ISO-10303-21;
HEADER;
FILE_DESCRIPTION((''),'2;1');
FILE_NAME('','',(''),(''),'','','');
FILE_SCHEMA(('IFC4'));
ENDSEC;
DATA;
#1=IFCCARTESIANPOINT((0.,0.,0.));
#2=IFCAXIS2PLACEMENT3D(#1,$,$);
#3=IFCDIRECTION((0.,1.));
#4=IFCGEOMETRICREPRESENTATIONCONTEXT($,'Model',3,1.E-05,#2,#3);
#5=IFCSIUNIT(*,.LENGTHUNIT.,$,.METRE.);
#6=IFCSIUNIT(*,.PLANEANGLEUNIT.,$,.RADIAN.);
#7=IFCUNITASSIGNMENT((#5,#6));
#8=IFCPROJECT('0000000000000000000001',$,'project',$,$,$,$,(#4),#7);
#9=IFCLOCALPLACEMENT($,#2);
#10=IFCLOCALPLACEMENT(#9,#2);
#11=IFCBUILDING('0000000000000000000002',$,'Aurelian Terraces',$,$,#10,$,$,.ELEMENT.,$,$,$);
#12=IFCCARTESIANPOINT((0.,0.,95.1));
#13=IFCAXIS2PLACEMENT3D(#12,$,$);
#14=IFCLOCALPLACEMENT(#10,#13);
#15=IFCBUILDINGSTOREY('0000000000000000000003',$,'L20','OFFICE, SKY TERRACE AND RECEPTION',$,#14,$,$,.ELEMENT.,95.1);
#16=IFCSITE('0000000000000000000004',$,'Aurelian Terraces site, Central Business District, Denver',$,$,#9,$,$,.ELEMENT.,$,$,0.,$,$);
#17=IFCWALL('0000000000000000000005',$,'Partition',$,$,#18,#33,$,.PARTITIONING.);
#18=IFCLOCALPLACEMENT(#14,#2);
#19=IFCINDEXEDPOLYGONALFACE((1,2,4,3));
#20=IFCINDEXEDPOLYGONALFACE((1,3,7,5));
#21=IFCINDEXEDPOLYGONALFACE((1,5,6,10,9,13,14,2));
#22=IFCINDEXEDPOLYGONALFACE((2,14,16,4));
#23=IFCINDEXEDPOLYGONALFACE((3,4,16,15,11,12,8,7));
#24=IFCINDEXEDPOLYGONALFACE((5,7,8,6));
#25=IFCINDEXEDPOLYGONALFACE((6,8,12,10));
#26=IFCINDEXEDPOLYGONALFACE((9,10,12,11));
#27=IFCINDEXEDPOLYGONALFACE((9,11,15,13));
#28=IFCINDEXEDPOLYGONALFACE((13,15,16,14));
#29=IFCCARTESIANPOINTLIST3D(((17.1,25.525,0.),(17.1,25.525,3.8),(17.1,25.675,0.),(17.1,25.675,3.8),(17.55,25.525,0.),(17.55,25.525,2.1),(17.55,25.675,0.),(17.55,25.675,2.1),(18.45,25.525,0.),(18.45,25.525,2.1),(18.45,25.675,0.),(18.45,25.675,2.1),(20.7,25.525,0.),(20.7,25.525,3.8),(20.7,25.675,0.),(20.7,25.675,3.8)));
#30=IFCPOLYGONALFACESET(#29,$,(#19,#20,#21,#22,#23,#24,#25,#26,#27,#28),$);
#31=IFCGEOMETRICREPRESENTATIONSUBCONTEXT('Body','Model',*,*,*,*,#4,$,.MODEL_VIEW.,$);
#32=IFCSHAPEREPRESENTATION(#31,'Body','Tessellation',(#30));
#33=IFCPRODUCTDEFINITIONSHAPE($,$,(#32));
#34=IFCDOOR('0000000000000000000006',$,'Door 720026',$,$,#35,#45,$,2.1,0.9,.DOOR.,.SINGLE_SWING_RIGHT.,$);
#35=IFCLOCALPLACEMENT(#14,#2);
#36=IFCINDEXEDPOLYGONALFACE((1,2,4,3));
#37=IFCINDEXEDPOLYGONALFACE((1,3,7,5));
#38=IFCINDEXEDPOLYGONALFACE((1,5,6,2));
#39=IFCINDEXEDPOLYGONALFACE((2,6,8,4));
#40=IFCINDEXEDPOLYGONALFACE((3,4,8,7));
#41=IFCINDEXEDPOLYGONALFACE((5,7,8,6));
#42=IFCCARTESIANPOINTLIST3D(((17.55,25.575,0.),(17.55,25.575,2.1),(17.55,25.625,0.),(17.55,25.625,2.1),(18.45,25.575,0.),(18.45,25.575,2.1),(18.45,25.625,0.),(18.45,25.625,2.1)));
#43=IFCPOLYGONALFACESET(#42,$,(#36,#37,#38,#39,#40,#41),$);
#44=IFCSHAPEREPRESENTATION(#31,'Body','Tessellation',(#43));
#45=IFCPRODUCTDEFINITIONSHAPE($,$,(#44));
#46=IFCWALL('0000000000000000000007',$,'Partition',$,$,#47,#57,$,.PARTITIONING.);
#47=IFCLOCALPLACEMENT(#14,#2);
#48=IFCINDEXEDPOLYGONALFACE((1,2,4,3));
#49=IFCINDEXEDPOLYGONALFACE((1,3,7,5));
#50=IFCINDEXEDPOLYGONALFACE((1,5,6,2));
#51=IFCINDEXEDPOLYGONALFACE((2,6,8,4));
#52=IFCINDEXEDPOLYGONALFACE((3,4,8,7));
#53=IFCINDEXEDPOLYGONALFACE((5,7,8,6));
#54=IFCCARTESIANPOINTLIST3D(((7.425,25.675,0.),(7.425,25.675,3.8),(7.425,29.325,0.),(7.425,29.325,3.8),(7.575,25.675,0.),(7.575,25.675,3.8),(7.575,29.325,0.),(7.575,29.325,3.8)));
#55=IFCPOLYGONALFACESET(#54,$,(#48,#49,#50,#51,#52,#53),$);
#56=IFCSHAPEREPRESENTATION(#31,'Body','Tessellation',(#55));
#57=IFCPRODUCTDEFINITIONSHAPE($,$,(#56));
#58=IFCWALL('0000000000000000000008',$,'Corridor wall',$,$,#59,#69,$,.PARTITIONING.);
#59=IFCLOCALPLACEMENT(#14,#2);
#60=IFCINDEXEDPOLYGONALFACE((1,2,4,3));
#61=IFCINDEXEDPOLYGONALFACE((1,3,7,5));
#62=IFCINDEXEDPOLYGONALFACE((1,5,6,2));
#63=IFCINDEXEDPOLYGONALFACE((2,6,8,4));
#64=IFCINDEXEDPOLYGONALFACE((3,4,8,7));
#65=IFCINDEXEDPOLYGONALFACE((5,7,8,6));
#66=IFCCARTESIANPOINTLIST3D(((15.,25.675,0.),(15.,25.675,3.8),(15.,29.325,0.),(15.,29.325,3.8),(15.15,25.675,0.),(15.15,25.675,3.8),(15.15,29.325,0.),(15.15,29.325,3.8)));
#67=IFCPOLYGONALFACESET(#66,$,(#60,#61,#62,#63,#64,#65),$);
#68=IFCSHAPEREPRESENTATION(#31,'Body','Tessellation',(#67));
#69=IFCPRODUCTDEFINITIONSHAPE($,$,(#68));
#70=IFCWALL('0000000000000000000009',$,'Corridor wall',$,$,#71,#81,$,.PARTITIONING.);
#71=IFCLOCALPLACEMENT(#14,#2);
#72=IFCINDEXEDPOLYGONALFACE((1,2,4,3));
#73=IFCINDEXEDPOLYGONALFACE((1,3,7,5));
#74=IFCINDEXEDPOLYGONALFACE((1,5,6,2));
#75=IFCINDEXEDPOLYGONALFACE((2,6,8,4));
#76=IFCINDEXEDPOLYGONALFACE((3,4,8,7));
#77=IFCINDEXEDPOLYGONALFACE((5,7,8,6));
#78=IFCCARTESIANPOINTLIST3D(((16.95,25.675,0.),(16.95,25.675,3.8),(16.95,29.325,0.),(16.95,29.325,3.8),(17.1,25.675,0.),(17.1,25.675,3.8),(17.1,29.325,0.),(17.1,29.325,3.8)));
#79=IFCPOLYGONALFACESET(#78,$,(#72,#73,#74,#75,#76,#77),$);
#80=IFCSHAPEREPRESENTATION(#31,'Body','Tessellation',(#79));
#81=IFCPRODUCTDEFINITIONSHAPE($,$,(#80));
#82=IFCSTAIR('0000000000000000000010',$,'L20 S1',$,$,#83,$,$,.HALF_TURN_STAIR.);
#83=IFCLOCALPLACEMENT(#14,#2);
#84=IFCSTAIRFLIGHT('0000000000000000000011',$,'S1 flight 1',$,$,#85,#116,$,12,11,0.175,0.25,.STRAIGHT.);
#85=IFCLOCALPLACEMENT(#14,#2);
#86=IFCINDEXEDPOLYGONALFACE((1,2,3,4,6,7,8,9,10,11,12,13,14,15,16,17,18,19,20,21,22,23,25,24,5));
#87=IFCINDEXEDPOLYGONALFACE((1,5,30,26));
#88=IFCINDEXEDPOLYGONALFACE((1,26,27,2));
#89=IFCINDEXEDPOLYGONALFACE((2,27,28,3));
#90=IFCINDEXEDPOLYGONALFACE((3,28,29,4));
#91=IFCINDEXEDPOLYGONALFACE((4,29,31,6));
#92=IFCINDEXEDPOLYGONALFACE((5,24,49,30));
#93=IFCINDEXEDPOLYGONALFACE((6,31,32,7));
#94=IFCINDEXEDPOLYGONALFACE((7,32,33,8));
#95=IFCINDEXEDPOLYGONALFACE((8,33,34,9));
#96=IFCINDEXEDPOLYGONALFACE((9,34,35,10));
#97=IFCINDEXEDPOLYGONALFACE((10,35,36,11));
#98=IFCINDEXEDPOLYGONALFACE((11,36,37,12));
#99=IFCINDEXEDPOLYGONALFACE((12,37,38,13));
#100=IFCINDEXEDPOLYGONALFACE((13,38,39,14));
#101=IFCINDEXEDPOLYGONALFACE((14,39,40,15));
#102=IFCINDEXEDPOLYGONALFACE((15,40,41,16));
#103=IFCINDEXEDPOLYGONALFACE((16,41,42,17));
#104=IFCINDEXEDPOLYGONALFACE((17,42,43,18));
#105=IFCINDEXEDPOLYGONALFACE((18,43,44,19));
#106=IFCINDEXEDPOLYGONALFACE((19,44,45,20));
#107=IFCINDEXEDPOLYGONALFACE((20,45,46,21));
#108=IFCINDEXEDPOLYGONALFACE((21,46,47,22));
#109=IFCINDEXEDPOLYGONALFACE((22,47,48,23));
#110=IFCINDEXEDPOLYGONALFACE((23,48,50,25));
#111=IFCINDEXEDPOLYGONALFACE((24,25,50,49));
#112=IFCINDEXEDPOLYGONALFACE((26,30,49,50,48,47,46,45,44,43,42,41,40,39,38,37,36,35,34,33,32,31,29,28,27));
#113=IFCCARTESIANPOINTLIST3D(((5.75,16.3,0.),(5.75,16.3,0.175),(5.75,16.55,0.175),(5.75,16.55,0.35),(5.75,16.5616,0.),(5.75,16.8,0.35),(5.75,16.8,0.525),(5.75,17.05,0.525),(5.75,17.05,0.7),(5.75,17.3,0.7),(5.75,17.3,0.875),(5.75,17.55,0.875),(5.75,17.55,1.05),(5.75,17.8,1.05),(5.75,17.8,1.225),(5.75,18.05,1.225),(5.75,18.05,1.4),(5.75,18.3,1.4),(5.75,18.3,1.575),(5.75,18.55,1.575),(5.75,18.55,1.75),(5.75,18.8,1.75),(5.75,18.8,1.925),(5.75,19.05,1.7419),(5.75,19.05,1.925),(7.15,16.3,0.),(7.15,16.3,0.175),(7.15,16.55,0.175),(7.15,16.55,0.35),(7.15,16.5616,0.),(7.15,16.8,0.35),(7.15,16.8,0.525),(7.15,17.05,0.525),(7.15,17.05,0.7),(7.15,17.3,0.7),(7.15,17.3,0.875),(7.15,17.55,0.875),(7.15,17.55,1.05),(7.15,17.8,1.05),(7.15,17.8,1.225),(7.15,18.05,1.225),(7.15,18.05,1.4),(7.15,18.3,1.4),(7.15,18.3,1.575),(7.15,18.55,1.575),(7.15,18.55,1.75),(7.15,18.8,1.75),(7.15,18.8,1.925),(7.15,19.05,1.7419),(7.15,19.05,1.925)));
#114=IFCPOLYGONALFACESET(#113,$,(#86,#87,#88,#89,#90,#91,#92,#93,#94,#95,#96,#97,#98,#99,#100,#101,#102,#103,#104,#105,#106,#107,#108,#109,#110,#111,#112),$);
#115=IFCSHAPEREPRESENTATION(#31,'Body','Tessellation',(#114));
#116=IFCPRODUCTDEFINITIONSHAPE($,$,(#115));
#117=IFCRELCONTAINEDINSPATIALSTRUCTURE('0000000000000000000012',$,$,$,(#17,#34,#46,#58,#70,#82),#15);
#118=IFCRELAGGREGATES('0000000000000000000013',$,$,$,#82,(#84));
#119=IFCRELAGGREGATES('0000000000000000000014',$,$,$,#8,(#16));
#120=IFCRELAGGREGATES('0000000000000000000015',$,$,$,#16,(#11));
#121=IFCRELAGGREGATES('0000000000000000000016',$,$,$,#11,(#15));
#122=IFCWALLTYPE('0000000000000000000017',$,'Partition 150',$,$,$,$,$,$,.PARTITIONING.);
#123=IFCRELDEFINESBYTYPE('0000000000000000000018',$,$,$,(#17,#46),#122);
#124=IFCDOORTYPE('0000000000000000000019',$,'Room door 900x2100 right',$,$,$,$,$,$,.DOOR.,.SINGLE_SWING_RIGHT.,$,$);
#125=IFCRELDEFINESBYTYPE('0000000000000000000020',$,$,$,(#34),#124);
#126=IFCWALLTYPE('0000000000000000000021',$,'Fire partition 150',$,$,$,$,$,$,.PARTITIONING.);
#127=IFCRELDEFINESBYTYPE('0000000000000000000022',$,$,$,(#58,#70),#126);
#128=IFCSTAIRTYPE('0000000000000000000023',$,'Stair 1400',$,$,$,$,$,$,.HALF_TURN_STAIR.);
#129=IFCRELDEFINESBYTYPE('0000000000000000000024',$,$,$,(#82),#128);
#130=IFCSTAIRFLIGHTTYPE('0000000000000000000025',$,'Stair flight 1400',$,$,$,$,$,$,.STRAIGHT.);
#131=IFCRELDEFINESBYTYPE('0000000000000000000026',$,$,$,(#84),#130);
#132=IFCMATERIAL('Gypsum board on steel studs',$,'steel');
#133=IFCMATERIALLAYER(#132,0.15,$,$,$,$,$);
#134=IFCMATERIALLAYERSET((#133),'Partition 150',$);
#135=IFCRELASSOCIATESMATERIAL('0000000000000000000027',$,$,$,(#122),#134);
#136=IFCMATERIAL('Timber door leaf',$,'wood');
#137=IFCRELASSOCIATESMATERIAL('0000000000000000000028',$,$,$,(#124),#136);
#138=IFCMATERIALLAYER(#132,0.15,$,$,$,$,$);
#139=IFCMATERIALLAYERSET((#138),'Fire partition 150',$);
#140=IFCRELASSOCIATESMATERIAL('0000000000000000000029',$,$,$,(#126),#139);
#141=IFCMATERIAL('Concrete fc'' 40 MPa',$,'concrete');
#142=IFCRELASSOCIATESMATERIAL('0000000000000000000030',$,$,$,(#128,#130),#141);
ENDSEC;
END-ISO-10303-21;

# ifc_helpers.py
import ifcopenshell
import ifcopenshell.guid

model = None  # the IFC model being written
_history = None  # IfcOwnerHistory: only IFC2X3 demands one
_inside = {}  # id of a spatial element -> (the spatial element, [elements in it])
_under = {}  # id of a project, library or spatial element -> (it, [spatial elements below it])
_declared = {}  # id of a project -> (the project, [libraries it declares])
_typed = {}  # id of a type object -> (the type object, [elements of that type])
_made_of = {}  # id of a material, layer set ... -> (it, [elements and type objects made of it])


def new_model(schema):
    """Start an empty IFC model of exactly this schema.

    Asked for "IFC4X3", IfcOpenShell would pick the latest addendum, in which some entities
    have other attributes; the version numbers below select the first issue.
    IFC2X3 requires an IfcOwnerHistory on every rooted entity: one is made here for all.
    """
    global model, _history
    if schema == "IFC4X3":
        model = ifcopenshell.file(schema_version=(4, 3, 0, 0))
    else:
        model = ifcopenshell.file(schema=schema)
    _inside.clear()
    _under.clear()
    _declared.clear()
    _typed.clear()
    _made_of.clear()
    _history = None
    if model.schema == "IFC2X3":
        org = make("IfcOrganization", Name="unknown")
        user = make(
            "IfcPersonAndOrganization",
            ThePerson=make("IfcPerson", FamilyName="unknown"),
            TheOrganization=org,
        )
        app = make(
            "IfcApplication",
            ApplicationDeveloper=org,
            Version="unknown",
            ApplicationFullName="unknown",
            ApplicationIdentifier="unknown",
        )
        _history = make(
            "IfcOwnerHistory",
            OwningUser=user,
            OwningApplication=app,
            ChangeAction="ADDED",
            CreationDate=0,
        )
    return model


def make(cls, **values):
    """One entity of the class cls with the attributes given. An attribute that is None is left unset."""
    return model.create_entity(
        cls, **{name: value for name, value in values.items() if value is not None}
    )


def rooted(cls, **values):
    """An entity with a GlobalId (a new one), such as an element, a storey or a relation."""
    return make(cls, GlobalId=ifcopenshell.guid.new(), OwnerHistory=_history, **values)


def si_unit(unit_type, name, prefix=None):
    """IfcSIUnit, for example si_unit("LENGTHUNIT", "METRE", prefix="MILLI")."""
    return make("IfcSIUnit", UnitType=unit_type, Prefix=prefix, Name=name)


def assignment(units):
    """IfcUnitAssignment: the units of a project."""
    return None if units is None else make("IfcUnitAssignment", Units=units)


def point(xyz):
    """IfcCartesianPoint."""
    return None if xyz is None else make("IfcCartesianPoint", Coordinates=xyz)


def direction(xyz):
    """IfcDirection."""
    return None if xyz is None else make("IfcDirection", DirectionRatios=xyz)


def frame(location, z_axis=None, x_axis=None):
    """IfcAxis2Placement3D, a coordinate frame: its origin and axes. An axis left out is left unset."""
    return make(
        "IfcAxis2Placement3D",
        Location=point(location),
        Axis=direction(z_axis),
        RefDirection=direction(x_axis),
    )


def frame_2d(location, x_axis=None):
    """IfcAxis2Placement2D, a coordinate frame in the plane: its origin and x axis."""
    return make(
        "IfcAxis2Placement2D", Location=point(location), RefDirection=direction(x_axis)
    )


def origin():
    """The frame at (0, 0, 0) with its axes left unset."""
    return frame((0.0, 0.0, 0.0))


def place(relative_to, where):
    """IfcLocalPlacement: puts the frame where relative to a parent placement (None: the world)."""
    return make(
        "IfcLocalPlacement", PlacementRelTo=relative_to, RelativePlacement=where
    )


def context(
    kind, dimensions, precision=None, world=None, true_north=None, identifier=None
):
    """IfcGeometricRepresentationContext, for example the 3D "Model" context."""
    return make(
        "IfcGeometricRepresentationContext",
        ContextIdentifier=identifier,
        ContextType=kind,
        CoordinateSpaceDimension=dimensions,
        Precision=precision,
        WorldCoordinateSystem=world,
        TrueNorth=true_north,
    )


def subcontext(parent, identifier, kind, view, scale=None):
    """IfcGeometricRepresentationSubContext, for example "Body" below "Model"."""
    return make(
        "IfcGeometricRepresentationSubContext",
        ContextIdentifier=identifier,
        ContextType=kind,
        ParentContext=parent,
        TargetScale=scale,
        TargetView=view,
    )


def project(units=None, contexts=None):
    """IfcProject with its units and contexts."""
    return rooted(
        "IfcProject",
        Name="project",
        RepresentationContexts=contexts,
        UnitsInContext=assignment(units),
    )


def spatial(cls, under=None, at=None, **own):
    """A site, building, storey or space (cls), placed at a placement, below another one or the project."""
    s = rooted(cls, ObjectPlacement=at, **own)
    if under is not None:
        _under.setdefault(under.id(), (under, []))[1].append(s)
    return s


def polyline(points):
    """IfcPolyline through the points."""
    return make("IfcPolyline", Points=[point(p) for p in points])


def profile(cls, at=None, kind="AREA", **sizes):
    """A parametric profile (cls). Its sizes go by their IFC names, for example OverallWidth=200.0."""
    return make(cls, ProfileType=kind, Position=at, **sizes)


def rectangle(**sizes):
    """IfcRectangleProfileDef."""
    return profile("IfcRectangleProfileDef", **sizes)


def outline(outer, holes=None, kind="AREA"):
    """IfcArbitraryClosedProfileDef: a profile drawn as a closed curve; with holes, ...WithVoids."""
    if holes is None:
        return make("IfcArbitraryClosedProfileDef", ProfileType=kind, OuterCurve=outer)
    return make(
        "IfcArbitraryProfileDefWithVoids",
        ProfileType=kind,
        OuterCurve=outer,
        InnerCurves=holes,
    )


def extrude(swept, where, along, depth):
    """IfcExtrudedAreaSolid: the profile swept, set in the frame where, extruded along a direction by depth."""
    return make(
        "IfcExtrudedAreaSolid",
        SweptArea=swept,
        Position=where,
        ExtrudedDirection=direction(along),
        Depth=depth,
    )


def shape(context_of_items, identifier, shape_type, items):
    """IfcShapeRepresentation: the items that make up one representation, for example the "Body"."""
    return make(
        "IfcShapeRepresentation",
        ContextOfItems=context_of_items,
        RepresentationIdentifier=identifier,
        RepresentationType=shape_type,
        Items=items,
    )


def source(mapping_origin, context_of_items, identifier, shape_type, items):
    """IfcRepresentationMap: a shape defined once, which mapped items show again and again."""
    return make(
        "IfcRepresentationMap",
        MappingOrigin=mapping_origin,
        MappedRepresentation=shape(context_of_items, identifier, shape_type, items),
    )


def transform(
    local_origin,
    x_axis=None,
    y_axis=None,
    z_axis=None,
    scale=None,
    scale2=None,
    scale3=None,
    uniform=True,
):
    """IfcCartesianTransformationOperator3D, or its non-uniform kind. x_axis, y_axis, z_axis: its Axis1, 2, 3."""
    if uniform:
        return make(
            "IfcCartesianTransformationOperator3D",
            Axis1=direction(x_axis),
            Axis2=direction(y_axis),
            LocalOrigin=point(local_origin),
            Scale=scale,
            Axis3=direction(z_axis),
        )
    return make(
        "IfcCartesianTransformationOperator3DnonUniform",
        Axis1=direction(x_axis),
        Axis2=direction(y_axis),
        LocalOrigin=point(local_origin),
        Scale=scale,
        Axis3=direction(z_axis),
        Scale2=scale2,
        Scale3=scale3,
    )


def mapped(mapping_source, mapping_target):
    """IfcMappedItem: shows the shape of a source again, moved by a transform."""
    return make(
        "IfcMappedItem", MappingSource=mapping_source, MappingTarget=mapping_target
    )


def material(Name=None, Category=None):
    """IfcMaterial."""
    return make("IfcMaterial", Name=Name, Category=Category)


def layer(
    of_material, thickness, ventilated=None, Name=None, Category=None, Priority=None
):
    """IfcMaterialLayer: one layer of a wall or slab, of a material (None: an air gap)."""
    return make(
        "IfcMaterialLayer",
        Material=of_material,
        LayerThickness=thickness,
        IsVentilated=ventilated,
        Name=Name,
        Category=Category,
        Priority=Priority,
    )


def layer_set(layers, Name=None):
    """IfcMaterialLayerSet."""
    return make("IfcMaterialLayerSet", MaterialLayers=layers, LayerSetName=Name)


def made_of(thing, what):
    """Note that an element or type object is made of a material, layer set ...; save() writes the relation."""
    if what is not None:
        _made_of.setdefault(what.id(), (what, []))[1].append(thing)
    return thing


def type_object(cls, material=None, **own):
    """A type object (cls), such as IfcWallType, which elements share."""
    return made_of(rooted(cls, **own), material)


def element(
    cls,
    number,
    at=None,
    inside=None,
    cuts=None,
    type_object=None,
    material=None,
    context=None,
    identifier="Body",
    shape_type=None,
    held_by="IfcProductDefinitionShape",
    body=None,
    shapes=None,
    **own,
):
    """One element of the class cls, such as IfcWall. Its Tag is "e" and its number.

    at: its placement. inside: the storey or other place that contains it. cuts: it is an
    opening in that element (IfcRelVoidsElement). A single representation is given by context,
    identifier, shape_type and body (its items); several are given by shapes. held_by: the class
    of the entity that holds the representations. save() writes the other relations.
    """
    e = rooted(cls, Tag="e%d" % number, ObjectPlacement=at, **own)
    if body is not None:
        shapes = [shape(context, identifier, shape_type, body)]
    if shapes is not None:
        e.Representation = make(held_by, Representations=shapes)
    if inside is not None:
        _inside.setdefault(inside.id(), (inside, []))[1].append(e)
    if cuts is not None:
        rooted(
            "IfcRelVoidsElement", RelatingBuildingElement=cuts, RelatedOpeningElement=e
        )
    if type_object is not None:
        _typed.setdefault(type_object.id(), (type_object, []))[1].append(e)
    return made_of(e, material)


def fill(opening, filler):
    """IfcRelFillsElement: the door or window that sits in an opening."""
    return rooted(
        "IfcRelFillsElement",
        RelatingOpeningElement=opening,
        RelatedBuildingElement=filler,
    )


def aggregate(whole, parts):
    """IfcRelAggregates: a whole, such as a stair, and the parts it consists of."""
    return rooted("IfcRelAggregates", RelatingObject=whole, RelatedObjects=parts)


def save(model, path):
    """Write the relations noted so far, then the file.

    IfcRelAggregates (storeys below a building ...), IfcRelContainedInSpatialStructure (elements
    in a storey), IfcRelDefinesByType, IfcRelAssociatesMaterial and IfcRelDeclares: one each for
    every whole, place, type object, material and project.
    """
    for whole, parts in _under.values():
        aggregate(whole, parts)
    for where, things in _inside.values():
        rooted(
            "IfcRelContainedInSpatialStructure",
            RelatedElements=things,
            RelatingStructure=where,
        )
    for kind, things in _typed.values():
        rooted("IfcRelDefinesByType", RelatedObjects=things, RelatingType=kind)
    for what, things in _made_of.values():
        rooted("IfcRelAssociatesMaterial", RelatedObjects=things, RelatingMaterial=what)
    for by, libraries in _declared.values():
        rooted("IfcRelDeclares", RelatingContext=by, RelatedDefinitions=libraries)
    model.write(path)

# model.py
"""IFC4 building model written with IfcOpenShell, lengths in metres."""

from ifc_helpers import new_model, si_unit, direction, frame, frame_2d, origin, place, context, subcontext, project, spatial, polyline, rectangle, outline, extrude, source, transform, mapped, material, layer, layer_set, type_object, element, fill, aggregate, save


model = new_model("IFC4")

# Units and contexts
model_context = context("Model", 3, precision=1e-05, world=origin(), true_north=direction((0.0, 1.0)))
body_context = subcontext(model_context, "Body", "Model", "MODEL_VIEW")
ifc_project = project(units=[si_unit("LENGTHUNIT", "METRE"), si_unit("PLANEANGLEUNIT", "RADIAN")], contexts=[model_context])

# Site, building, storey
site_placement = place(None, origin())
site = spatial("IfcSite", under=ifc_project, at=site_placement, Name="Aurelian Terraces site, Central Business District, Denver", CompositionType="ELEMENT", RefElevation=0.0)
building_placement = place(site_placement, origin())
building = spatial("IfcBuilding", under=site, at=building_placement, Name="Aurelian Terraces", CompositionType="ELEMENT")
storey_placement = place(building_placement, frame((0.0, 0.0, 95.1)))
storey = spatial("IfcBuildingStorey", under=building, at=storey_placement, Name="L20", Description="OFFICE, SKY TERRACE AND RECEPTION", CompositionType="ELEMENT", Elevation=95.1)

# Shared definitions
ifc_material_1 = material(Name="Gypsum board on steel studs", Category="steel")
shared_shape_1 = source(origin(), body_context, "Body", "SweptSolid", [
    extrude(rectangle(XDim=0.9, YDim=2.1, at=frame_2d((0.45, 1.05))), frame((0.0, 0.025, 0.0), z_axis=(0.0, -1.0, 0.0), x_axis=(1.0, 0.0, 0.0)), (0.0, 0.0, 1.0), 0.05),
])

# Wall, opening, door
ifc_layer_1 = layer(ifc_material_1, 0.15)
ifc_layer_set_1 = layer_set([ifc_layer_1], Name="Partition 150")
wall_type_1 = type_object("IfcWallType", Name="Partition 150", PredefinedType="PARTITIONING", material=ifc_layer_set_1)
shared_shape_2 = source(origin(), body_context, "Body", "SweptSolid", [
    extrude(rectangle(XDim=3.6, YDim=0.15, at=frame_2d((1.8, 0.0))), origin(), (0.0, 0.0, 1.0), 3.8),
])
wall_1_placement = place(storey_placement, frame((17.1, 25.6, 0.0), z_axis=(0.0, 0.0, 1.0), x_axis=(1.0, 0.0, 0.0)))
wall_1 = element("IfcWall", 1, at=wall_1_placement, inside=storey, type_object=wall_type_1, Name="Partition", PredefinedType="PARTITIONING", context=body_context, shape_type="MappedRepresentation", body=[
    mapped(shared_shape_2, transform((0.0, 0.0, 0.0), scale=1.0)),
])
shared_shape_3 = source(origin(), body_context, "Body", "SweptSolid", [
    extrude(rectangle(XDim=0.9, YDim=2.1, at=frame_2d((0.45, 1.05))), frame((0.0, 0.085, 0.0), z_axis=(0.0, -1.0, 0.0), x_axis=(1.0, 0.0, 0.0)), (0.0, 0.0, 1.0), 0.17),
])
opening_1_placement = place(wall_1_placement, frame((0.45, 0.0, 0.0)))
opening_1 = element("IfcOpeningElement", 2, at=opening_1_placement, cuts=wall_1, PredefinedType="OPENING", context=body_context, shape_type="MappedRepresentation", body=[
    mapped(shared_shape_3, transform((0.0, 0.0, 0.0), scale=1.0)),
])
ifc_material_2 = material(Name="Timber door leaf", Category="wood")
door_type_1 = type_object("IfcDoorType", Name="Room door 900x2100 right", OperationType="SINGLE_SWING_RIGHT", PredefinedType="DOOR", material=ifc_material_2)
door_1_placement = place(opening_1_placement, origin())
door_1 = element("IfcDoor", 3, at=door_1_placement, inside=storey, type_object=door_type_1, Name="Door 720026", OperationType="SINGLE_SWING_RIGHT", OverallHeight=2.1, OverallWidth=0.9, PredefinedType="DOOR", context=body_context, shape_type="MappedRepresentation", body=[
    mapped(shared_shape_1, transform((0.0, 0.0, 0.0), scale=1.0)),
])
fill(opening_1, door_1)

# Walls
shared_shape_4 = source(origin(), body_context, "Body", "SweptSolid", [
    extrude(rectangle(XDim=3.65, YDim=0.15, at=frame_2d((1.825, 0.0))), origin(), (0.0, 0.0, 1.0), 3.8),
])
wall_2_placement = place(storey_placement, frame((7.5, 25.675, 0.0), z_axis=(0.0, 0.0, 1.0), x_axis=(0.0, 1.0, 0.0)))
element("IfcWall", 4, at=wall_2_placement, inside=storey, type_object=wall_type_1, Name="Partition", PredefinedType="PARTITIONING", context=body_context, shape_type="MappedRepresentation", body=[
    mapped(shared_shape_4, transform((0.0, 0.0, 0.0), scale=1.0)),
])
ifc_layer_2 = layer(ifc_material_1, 0.15)
ifc_layer_set_2 = layer_set([ifc_layer_2], Name="Fire partition 150")
wall_type_2 = type_object("IfcWallType", Name="Fire partition 150", PredefinedType="PARTITIONING", material=ifc_layer_set_2)
for number, where, z_axis, x_axis, name in (
    (5, (15.075, 25.675, 0.0), (0.0, 0.0, 1.0), (0.0, 1.0, 0.0), "Corridor wall"),
    (6, (17.025, 29.325, 0.0), (0.0, 0.0, 1.0), (0.0, -1.0, 0.0), "Corridor wall"),
):
    element("IfcWall", number, at=place(storey_placement, frame(where, z_axis=z_axis, x_axis=x_axis)), inside=storey, type_object=wall_type_2, Name=name, PredefinedType="PARTITIONING", context=body_context, shape_type="MappedRepresentation", body=[
        mapped(shared_shape_4, transform((0.0, 0.0, 0.0), scale=1.0)),
    ])

# Stair, stair flight
ifc_material_3 = material(Name="Concrete fc' 40 MPa", Category="concrete")
stair_type = type_object("IfcStairType", Name="Stair 1400", PredefinedType="HALF_TURN_STAIR", material=ifc_material_3)
stair_placement = place(storey_placement, origin())
stair = element("IfcStair", 7, at=stair_placement, inside=storey, type_object=stair_type, Name="L20 S1", PredefinedType="HALF_TURN_STAIR")
stair_flight_type = type_object("IfcStairFlightType", Name="Stair flight 1400", PredefinedType="STRAIGHT", material=ifc_material_3)
shared_shape_5 = source(origin(), body_context, "Body", "SweptSolid", [
    extrude(outline(polyline([(0.0, 0.0), (0.0, 0.175), (0.25, 0.175), (0.25, 0.35), (0.5, 0.35), (0.5, 0.525), (0.75, 0.525), (0.75, 0.7), (1.0, 0.7), (1.0, 0.875), (1.25, 0.875), (1.25, 1.05), (1.5, 1.05), (1.5, 1.225), (1.75, 1.225), (1.75, 1.4), (2.0, 1.4), (2.0, 1.575), (2.25, 1.575), (2.25, 1.75), (2.5, 1.75), (2.5, 1.925), (2.75, 1.925), (2.75, 2.1), (2.75, 1.7419), (0.2616, 0.0), (0.0, 0.0)])), frame((0.0, 0.7, 0.0), z_axis=(0.0, -1.0, 0.0), x_axis=(1.0, 0.0, 0.0)), (0.0, 0.0, 1.0), 1.4),
])
stair_flight_placement = place(storey_placement, frame((6.45, 16.3, 0.0), z_axis=(0.0, 0.0, 1.0), x_axis=(0.0, 1.0, 0.0)))
stair_flight = element("IfcStairFlight", 8, at=stair_flight_placement, type_object=stair_flight_type, Name="S1 flight 1", NumberOfRisers=12, NumberOfTreads=11, PredefinedType="STRAIGHT", RiserHeight=0.175, TreadLength=0.25, context=body_context, shape_type="MappedRepresentation", body=[
    mapped(shared_shape_5, transform((0.0, 0.0, 0.0), scale=1.0)),
])
aggregate(stair, [stair_flight])

save(model, "model.ifc")
